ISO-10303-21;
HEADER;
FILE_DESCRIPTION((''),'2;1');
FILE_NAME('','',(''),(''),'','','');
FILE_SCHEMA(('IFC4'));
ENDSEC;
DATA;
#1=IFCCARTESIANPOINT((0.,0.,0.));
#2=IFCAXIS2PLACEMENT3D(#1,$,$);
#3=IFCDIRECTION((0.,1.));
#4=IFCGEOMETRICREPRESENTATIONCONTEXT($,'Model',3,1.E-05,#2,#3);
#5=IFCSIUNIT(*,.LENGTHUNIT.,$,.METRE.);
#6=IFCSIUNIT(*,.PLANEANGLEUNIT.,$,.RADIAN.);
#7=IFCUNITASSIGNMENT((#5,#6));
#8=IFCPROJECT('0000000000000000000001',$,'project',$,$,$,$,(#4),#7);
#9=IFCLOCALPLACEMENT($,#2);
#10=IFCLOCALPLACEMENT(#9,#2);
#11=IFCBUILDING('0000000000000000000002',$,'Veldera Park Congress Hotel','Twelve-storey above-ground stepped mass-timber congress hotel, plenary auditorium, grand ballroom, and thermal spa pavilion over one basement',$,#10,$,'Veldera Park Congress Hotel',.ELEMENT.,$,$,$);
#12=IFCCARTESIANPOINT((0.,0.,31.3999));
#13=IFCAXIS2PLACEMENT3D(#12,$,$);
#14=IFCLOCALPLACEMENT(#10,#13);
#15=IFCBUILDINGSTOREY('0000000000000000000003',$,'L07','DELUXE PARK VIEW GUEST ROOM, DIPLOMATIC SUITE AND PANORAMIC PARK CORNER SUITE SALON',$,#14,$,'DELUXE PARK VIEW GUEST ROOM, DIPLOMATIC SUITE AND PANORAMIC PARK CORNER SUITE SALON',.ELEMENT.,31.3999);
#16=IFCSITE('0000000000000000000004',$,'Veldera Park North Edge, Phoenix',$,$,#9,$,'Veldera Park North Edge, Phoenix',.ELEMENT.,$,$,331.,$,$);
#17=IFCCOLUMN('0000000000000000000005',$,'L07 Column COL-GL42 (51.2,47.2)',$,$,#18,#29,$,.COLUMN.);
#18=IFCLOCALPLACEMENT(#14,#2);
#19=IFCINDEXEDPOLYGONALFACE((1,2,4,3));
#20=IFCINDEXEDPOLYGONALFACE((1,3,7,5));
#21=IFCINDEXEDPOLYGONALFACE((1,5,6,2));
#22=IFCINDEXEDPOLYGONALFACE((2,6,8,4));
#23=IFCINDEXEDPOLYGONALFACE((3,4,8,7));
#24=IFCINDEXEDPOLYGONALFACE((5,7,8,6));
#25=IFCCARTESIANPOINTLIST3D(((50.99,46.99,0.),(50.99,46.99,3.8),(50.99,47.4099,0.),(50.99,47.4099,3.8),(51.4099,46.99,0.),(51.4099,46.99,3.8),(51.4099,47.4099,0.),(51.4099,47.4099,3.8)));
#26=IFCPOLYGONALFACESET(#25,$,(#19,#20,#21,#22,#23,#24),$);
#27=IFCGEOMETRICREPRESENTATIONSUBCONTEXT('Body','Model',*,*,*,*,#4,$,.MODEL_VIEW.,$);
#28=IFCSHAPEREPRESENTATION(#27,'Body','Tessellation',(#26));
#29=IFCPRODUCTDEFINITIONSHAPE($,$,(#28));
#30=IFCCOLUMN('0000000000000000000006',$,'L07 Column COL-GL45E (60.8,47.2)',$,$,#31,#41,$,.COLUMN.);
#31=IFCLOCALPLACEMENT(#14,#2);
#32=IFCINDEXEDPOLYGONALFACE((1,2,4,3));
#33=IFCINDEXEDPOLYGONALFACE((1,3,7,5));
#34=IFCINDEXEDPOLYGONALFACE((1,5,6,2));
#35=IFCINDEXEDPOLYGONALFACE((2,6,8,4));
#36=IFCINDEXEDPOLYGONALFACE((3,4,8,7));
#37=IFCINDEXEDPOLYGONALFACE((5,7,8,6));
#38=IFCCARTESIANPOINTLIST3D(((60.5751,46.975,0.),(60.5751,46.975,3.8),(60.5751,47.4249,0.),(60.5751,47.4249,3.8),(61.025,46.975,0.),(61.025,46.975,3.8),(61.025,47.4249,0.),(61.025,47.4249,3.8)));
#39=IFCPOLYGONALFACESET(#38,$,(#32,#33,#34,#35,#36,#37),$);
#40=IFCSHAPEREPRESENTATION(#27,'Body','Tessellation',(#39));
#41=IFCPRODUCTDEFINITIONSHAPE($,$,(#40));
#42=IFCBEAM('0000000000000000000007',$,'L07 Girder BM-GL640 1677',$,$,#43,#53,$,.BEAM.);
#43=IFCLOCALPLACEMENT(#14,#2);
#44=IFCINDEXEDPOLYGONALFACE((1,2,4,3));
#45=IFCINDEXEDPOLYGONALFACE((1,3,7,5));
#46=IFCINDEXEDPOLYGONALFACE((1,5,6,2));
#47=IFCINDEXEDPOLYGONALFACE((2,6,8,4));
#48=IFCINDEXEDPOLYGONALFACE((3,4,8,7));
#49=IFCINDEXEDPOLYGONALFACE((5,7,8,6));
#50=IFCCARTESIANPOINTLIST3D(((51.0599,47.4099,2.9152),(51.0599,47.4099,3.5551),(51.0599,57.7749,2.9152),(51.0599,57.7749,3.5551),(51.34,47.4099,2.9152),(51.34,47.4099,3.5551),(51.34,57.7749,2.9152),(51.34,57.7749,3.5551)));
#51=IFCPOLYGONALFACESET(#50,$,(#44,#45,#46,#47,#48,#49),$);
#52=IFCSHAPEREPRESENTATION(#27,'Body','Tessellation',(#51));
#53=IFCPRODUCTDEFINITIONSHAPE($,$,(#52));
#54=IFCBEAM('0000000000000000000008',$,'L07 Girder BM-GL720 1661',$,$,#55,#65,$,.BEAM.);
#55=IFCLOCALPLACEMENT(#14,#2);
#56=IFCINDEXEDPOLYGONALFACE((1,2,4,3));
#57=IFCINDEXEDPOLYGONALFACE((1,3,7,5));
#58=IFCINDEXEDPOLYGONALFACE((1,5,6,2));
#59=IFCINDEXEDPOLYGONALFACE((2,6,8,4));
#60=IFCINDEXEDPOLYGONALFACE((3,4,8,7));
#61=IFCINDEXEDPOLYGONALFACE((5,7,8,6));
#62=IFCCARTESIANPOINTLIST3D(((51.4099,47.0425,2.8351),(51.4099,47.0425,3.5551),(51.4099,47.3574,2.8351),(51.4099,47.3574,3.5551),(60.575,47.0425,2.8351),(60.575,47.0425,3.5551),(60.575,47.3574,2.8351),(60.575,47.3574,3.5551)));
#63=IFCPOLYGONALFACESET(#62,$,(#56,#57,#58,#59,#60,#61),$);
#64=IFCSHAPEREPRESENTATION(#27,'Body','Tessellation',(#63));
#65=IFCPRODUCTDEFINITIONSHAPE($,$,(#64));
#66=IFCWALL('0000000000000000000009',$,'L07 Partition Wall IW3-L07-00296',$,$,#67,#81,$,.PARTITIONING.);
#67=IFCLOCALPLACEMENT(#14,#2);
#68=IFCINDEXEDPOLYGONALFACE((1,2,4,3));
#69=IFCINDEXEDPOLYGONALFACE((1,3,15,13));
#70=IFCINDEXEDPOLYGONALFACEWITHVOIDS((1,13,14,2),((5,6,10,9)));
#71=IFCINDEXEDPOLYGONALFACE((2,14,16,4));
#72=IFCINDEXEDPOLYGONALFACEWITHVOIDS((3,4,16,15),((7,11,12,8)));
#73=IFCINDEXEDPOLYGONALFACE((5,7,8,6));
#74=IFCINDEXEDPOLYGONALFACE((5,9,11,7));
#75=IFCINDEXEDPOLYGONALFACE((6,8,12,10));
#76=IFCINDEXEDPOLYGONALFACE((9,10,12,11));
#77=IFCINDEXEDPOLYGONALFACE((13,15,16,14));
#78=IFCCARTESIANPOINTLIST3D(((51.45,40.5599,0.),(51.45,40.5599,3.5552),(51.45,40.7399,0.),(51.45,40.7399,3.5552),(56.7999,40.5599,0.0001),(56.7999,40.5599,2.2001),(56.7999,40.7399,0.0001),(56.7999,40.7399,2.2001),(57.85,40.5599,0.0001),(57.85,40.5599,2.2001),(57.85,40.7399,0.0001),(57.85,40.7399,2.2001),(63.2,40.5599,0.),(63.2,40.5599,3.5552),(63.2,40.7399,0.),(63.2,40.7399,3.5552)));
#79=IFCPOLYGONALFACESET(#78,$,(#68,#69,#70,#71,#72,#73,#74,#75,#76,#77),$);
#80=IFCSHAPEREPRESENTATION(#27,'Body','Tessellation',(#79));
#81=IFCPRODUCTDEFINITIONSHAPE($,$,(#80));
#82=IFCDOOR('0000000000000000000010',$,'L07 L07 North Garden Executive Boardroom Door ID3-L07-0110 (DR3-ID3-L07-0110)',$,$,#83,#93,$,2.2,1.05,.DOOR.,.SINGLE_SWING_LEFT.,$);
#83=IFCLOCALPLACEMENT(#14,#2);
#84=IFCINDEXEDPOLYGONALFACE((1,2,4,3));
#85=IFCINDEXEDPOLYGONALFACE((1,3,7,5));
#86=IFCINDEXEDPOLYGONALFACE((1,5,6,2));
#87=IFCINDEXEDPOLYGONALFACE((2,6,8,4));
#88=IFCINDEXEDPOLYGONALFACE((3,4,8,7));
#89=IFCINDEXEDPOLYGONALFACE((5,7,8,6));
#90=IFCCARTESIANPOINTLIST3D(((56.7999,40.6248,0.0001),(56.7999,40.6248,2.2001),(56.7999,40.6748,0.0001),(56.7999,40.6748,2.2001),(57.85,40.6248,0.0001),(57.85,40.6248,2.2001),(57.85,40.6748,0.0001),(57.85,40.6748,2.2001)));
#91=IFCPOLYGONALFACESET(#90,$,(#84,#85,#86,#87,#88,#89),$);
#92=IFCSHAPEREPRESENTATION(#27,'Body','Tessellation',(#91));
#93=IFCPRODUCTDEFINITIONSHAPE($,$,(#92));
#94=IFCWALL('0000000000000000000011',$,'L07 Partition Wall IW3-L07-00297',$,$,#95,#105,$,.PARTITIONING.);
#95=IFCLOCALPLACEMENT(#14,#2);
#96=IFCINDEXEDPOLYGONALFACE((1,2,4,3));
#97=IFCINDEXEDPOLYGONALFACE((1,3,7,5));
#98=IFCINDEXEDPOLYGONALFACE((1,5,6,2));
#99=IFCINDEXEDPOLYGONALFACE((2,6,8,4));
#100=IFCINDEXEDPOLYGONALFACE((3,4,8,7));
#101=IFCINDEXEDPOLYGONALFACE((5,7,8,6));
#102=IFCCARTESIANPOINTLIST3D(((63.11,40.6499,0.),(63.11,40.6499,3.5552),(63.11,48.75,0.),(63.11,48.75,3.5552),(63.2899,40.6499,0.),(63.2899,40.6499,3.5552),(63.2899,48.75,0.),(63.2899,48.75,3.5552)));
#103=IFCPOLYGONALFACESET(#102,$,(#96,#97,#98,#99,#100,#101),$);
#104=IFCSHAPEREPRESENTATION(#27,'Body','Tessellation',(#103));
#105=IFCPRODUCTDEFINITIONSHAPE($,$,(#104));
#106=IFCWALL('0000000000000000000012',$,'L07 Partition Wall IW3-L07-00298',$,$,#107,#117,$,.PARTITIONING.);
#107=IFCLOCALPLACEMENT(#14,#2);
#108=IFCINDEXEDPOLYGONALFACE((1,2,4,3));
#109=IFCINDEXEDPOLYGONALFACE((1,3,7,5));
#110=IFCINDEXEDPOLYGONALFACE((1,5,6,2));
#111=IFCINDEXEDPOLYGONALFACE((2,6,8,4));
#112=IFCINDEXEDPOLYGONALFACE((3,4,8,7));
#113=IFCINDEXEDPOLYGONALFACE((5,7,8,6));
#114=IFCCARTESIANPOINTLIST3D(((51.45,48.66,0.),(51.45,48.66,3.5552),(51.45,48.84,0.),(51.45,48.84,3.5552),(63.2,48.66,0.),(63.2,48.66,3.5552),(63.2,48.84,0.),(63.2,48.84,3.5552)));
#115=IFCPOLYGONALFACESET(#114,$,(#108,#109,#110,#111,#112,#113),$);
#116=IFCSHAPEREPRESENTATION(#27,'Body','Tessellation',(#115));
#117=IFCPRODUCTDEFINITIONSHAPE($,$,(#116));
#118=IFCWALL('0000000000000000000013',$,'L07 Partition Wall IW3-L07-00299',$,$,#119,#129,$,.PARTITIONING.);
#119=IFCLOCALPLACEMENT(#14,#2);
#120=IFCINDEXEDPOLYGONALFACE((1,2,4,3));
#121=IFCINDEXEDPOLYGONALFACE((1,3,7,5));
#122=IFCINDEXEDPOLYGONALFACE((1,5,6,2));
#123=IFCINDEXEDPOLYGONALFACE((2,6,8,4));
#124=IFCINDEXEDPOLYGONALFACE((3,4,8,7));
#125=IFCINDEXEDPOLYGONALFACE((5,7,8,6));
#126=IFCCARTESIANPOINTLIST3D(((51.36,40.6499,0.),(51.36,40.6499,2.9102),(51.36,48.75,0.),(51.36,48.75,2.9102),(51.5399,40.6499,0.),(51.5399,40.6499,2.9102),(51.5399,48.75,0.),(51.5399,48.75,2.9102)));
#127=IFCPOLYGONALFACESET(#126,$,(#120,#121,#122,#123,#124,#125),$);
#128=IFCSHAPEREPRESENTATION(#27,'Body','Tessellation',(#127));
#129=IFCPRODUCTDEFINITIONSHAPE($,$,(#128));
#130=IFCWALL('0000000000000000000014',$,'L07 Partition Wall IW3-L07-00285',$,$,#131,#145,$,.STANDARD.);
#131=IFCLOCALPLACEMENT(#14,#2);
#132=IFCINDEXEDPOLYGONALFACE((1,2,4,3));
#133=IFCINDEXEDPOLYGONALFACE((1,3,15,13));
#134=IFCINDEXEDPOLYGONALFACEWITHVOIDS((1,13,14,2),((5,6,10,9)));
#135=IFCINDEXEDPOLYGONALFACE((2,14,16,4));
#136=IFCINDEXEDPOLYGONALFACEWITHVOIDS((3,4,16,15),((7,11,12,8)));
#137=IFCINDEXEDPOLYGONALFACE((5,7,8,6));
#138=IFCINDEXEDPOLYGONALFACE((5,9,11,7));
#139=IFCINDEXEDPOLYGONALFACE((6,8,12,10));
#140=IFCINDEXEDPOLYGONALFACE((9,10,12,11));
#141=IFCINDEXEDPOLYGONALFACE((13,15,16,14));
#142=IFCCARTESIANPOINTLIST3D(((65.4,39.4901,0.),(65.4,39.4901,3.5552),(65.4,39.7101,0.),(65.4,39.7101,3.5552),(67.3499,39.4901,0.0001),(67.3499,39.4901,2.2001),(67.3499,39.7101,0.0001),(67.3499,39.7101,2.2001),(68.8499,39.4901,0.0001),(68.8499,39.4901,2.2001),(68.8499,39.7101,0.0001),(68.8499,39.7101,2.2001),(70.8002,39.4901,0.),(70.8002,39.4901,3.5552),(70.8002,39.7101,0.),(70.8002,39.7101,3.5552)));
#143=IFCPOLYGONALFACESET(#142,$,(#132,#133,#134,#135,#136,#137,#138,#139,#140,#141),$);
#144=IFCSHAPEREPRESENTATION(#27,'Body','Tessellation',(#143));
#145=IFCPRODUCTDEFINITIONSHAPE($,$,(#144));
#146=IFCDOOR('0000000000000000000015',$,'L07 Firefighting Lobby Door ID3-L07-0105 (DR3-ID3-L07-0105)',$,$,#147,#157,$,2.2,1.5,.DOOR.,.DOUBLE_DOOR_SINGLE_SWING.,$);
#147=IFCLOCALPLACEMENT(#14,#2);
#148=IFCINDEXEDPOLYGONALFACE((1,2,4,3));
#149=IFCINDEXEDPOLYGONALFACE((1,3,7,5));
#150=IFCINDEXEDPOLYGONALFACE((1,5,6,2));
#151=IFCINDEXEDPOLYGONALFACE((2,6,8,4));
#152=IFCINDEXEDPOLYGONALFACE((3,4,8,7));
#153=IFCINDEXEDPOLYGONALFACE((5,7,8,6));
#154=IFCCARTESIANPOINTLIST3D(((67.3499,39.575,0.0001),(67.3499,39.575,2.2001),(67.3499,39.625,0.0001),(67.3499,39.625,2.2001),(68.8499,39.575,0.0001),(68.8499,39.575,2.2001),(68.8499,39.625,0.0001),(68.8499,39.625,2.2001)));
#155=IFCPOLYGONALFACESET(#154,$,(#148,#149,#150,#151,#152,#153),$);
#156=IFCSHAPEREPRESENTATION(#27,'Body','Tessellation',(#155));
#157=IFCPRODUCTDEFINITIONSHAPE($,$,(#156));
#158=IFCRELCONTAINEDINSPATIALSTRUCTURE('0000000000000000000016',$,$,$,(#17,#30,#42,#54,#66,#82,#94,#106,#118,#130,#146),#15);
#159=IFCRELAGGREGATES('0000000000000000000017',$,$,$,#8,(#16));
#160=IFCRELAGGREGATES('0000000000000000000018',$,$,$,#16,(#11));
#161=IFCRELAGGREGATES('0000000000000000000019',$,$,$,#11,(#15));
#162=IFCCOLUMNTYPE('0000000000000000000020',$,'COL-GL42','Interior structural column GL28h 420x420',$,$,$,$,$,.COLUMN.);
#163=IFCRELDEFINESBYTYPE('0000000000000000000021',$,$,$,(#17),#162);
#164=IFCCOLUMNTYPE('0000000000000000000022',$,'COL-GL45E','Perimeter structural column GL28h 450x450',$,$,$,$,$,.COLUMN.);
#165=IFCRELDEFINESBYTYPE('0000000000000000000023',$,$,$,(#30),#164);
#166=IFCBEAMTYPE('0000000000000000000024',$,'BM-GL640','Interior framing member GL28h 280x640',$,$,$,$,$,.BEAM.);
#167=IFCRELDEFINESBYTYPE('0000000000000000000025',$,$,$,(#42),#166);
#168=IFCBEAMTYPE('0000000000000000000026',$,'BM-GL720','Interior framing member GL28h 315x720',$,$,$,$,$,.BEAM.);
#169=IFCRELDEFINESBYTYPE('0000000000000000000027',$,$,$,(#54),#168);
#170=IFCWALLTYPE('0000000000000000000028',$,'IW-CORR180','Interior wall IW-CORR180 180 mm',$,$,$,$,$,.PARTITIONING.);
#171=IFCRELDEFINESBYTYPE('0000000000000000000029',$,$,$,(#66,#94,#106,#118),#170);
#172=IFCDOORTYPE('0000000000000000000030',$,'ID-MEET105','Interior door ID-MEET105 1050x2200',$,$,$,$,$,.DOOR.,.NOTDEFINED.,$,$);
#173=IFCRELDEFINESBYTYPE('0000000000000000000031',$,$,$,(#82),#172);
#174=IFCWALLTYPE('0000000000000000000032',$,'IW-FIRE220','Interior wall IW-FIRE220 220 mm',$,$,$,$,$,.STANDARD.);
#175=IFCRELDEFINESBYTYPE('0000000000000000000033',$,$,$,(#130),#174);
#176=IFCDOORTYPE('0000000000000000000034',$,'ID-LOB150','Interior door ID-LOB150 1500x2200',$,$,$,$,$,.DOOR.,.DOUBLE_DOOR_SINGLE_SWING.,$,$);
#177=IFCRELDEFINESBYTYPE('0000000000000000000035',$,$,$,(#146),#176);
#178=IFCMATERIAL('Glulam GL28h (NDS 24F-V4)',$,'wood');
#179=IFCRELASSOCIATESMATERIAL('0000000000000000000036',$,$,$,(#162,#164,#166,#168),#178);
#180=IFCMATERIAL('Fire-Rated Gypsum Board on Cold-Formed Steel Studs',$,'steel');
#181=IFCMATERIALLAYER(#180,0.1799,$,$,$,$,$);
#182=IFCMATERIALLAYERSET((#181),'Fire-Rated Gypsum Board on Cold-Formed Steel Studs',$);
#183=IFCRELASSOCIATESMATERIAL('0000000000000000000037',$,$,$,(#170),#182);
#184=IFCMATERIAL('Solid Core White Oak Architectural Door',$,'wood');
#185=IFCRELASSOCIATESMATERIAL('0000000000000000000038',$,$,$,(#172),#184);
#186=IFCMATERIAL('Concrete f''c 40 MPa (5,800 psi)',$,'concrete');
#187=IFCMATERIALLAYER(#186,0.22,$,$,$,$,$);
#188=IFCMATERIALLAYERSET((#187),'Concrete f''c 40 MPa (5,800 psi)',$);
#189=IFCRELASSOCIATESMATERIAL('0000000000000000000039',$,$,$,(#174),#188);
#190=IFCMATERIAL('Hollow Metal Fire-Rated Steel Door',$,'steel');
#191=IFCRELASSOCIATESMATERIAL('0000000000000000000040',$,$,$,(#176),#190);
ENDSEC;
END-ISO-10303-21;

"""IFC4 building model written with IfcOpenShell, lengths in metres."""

from ifc_helpers import new_model, si_unit, direction, frame, frame_2d, origin, origin_2d, place, context, subcontext, project, spatial, rectangle, extrude, material, layer, layer_set, material_profile, profile_set, type_object, element, fill, save


model = new_model("IFC4")

# Units and contexts
model_context = context("Model", 3, precision=1e-05, world=origin(), true_north=direction((0.0, 1.0)))
body_context = subcontext(model_context, "Body", "Model", "MODEL_VIEW")
ifc_project = project(units=[si_unit("LENGTHUNIT", "METRE"), si_unit("PLANEANGLEUNIT", "RADIAN")], contexts=[model_context])

# Site, building, storey
site_placement = place(None, origin())
site = spatial("IfcSite", under=ifc_project, at=site_placement, Name="Veldera Park North Edge, Phoenix", LongName="Veldera Park North Edge, Phoenix", CompositionType="ELEMENT", RefElevation=331.0)
building_placement = place(site_placement, origin())
building = spatial("IfcBuilding", under=site, at=building_placement, Name="Veldera Park Congress Hotel", Description="Twelve-storey above-ground stepped mass-timber congress hotel, plenary auditorium, grand ballroom, and thermal spa pavilion over one basement", LongName="Veldera Park Congress Hotel", CompositionType="ELEMENT")
storey_placement = place(building_placement, frame((0.0, 0.0, 31.3999)))
storey = spatial("IfcBuildingStorey", under=building, at=storey_placement, Name="L07", Description="DELUXE PARK VIEW GUEST ROOM, DIPLOMATIC SUITE AND PANORAMIC PARK CORNER SUITE SALON", LongName="DELUXE PARK VIEW GUEST ROOM, DIPLOMATIC SUITE AND PANORAMIC PARK CORNER SUITE SALON", CompositionType="ELEMENT", Elevation=31.3999)

# Columns
ifc_material_1 = material(Name="Glulam GL28h (NDS 24F-V4)", Category="wood")
ifc_material_profile_1 = material_profile(ifc_material_1, rectangle(XDim=0.4199, YDim=0.4199, at=origin_2d()), Name="GL28h 420x420")
ifc_profile_set_1 = profile_set([ifc_material_profile_1], Name="Glulam GL28h (NDS 24F-V4)")
column_type_1 = type_object("IfcColumnType", Name="COL-GL42", Description="Interior structural column GL28h 420x420", PredefinedType="COLUMN", material=ifc_profile_set_1)
column_1_placement = place(storey_placement, frame((51.2, 47.2, 0.0), z_axis=(0.0, 0.0, 1.0), x_axis=(1.0, 0.0, 0.0)))
element("IfcColumn", 1, at=column_1_placement, inside=storey, type_object=column_type_1, Name="L07 Column COL-GL42 (51.2,47.2)", PredefinedType="COLUMN", context=body_context, shape_type="SweptSolid", body=[
    extrude(rectangle(XDim=0.4199, YDim=0.4199, at=origin_2d()), origin(), (0.0, 0.0, 1.0), 3.8),
])
ifc_material_profile_2 = material_profile(ifc_material_1, rectangle(XDim=0.45, YDim=0.45, at=origin_2d()), Name="GL28h 450x450")
ifc_profile_set_2 = profile_set([ifc_material_profile_2], Name="Glulam GL28h (NDS 24F-V4)")
column_type_2 = type_object("IfcColumnType", Name="COL-GL45E", Description="Perimeter structural column GL28h 450x450", PredefinedType="COLUMN", material=ifc_profile_set_2)
column_2_placement = place(storey_placement, frame((60.8, 47.2, 0.0), z_axis=(0.0, 0.0, 1.0), x_axis=(1.0, 0.0, 0.0)))
element("IfcColumn", 2, at=column_2_placement, inside=storey, type_object=column_type_2, Name="L07 Column COL-GL45E (60.8,47.2)", PredefinedType="COLUMN", context=body_context, shape_type="SweptSolid", body=[
    extrude(rectangle(XDim=0.45, YDim=0.45, at=origin_2d()), origin(), (0.0, 0.0, 1.0), 3.8),
])

# Beams
ifc_material_profile_3 = material_profile(ifc_material_1, rectangle(XDim=0.28, YDim=0.6399, at=origin_2d()), Name="GL28h 280x640")
ifc_profile_set_3 = profile_set([ifc_material_profile_3], Name="Glulam GL28h (NDS 24F-V4)")
beam_type_1 = type_object("IfcBeamType", Name="BM-GL640", Description="Interior framing member GL28h 280x640", PredefinedType="BEAM", material=ifc_profile_set_3)
beam_1_placement = place(storey_placement, frame((51.2, 47.4099, 3.2351), z_axis=(0.0, 1.0, 0.0), x_axis=(-1.0, 0.0, 0.0)))
element("IfcBeam", 3, at=beam_1_placement, inside=storey, type_object=beam_type_1, Name="L07 Girder BM-GL640 1677", PredefinedType="BEAM", context=body_context, shape_type="SweptSolid", body=[
    extrude(rectangle(XDim=0.28, YDim=0.6399, at=origin_2d()), origin(), (0.0, 0.0, 1.0), 10.365),
])
ifc_material_profile_4 = material_profile(ifc_material_1, rectangle(XDim=0.3149, YDim=0.72, at=origin_2d()), Name="GL28h 315x720")
ifc_profile_set_4 = profile_set([ifc_material_profile_4], Name="Glulam GL28h (NDS 24F-V4)")
beam_type_2 = type_object("IfcBeamType", Name="BM-GL720", Description="Interior framing member GL28h 315x720", PredefinedType="BEAM", material=ifc_profile_set_4)
beam_2_placement = place(storey_placement, frame((51.4099, 47.2, 3.1951), z_axis=(1.0, 0.0, 0.0), x_axis=(0.0, 1.0, 0.0)))
element("IfcBeam", 4, at=beam_2_placement, inside=storey, type_object=beam_type_2, Name="L07 Girder BM-GL720 1661", PredefinedType="BEAM", context=body_context, shape_type="SweptSolid", body=[
    extrude(rectangle(XDim=0.3149, YDim=0.72, at=origin_2d()), origin(), (0.0, 0.0, 1.0), 9.165),
])

# Wall, opening, door
ifc_material_2 = material(Name="Fire-Rated Gypsum Board on Cold-Formed Steel Studs", Category="steel")
ifc_layer_1 = layer(ifc_material_2, 0.1799)
ifc_layer_set_1 = layer_set([ifc_layer_1], Name="Fire-Rated Gypsum Board on Cold-Formed Steel Studs")
wall_type_1 = type_object("IfcWallType", Name="IW-CORR180", Description="Interior wall IW-CORR180 180 mm", PredefinedType="PARTITIONING", material=ifc_layer_set_1)
wall_1_placement = place(storey_placement, frame((51.45, 40.6499, 0.0), z_axis=(0.0, 0.0, 1.0), x_axis=(1.0, 0.0, 0.0)))
wall_1 = element("IfcWall", 5, at=wall_1_placement, inside=storey, type_object=wall_type_1, Name="L07 Partition Wall IW3-L07-00296", PredefinedType="PARTITIONING", context=body_context, shape_type="SweptSolid", body=[
    extrude(rectangle(XDim=11.75, YDim=0.1799, at=frame_2d((5.875, 0.0))), origin(), (0.0, 0.0, 1.0), 3.5552),
])
opening_1_placement = place(wall_1_placement, frame((5.3501, 0.0, 0.0)))
opening_1 = element("IfcOpeningElement", 6, at=opening_1_placement, cuts=wall_1, PredefinedType="OPENING", context=body_context, shape_type="SweptSolid", body=[
    extrude(rectangle(XDim=1.05, YDim=2.2, at=frame_2d((0.5249, 1.1001))), frame((0.0, 0.1021, 0.0), z_axis=(0.0, -1.0, 0.0), x_axis=(1.0, 0.0, 0.0)), (0.0, 0.0, 1.0), 0.2039),
])
ifc_material_3 = material(Name="Solid Core White Oak Architectural Door", Category="wood")
door_type_1 = type_object("IfcDoorType", Name="ID-MEET105", Description="Interior door ID-MEET105 1050x2200", OperationType="NOTDEFINED", PredefinedType="DOOR", material=ifc_material_3)
door_1_placement = place(opening_1_placement, origin())
door_1 = element("IfcDoor", 7, at=door_1_placement, inside=storey, type_object=door_type_1, Name="L07 L07 North Garden Executive Boardroom Door ID3-L07-0110 (DR3-ID3-L07-0110)", OperationType="SINGLE_SWING_LEFT", OverallHeight=2.2, OverallWidth=1.05, PredefinedType="DOOR", context=body_context, shape_type="SweptSolid", body=[
    extrude(rectangle(XDim=1.05, YDim=2.2, at=frame_2d((0.5249, 1.1001))), frame((0.0, 0.0249, 0.0), z_axis=(0.0, -1.0, 0.0), x_axis=(1.0, 0.0, 0.0)), (0.0, 0.0, 1.0), 0.05),
])
fill(opening_1, door_1)

# Walls
wall_2_placement = place(storey_placement, frame((63.2, 40.6499, 0.0), z_axis=(0.0, 0.0, 1.0), x_axis=(0.0, 1.0, 0.0)))
element("IfcWall", 8, at=wall_2_placement, inside=storey, type_object=wall_type_1, Name="L07 Partition Wall IW3-L07-00297", PredefinedType="PARTITIONING", context=body_context, shape_type="SweptSolid", body=[
    extrude(rectangle(XDim=8.1001, YDim=0.1799, at=frame_2d((4.05, 0.0))), origin(), (0.0, 0.0, 1.0), 3.5552),
])
wall_3_placement = place(storey_placement, frame((63.2, 48.75, 0.0), z_axis=(0.0, 0.0, 1.0), x_axis=(-1.0, 0.0, 0.0)))
element("IfcWall", 9, at=wall_3_placement, inside=storey, type_object=wall_type_1, Name="L07 Partition Wall IW3-L07-00298", PredefinedType="PARTITIONING", context=body_context, shape_type="SweptSolid", body=[
    extrude(rectangle(XDim=11.75, YDim=0.1799, at=frame_2d((5.875, 0.0))), origin(), (0.0, 0.0, 1.0), 3.5552),
])
wall_4_placement = place(storey_placement, frame((51.45, 48.75, 0.0), z_axis=(0.0, 0.0, 1.0), x_axis=(0.0, -1.0, 0.0)))
element("IfcWall", 10, at=wall_4_placement, inside=storey, type_object=wall_type_1, Name="L07 Partition Wall IW3-L07-00299", PredefinedType="PARTITIONING", context=body_context, shape_type="SweptSolid", body=[
    extrude(rectangle(XDim=8.1001, YDim=0.1799, at=frame_2d((4.05, 0.0))), origin(), (0.0, 0.0, 1.0), 2.9102),
])

# Wall, opening, door
ifc_material_4 = material(Name="Concrete f'c 40 MPa (5,800 psi)", Category="concrete")
ifc_layer_2 = layer(ifc_material_4, 0.22)
ifc_layer_set_2 = layer_set([ifc_layer_2], Name="Concrete f'c 40 MPa (5,800 psi)")
wall_type_2 = type_object("IfcWallType", Name="IW-FIRE220", Description="Interior wall IW-FIRE220 220 mm", PredefinedType="STANDARD", material=ifc_layer_set_2)
wall_5_placement = place(storey_placement, frame((65.3999, 39.6001, 0.0), z_axis=(0.0, 0.0, 1.0), x_axis=(1.0, 0.0, 0.0)))
wall_5 = element("IfcWall", 11, at=wall_5_placement, inside=storey, type_object=wall_type_2, Name="L07 Partition Wall IW3-L07-00285", PredefinedType="STANDARD", context=body_context, shape_type="SweptSolid", body=[
    extrude(rectangle(XDim=5.4001, YDim=0.22, at=frame_2d((2.7002, 0.0))), origin(), (0.0, 0.0, 1.0), 3.5552),
])
opening_2_placement = place(wall_5_placement, frame((1.95, 0.0, 0.0)))
opening_2 = element("IfcOpeningElement", 12, at=opening_2_placement, cuts=wall_5, PredefinedType="OPENING", context=body_context, shape_type="SweptSolid", body=[
    extrude(rectangle(XDim=1.5, YDim=2.2, at=frame_2d((0.75, 1.1001))), frame((0.0, 0.1221, 0.0), z_axis=(0.0, -1.0, 0.0), x_axis=(1.0, 0.0, 0.0)), (0.0, 0.0, 1.0), 0.2439),
])
ifc_material_5 = material(Name="Hollow Metal Fire-Rated Steel Door", Category="steel")
door_type_2 = type_object("IfcDoorType", Name="ID-LOB150", Description="Interior door ID-LOB150 1500x2200", OperationType="DOUBLE_DOOR_SINGLE_SWING", PredefinedType="DOOR", material=ifc_material_5)
door_2_placement = place(opening_2_placement, origin())
door_2 = element("IfcDoor", 13, at=door_2_placement, inside=storey, type_object=door_type_2, Name="L07 Firefighting Lobby Door ID3-L07-0105 (DR3-ID3-L07-0105)", OperationType="DOUBLE_DOOR_SINGLE_SWING", OverallHeight=2.2, OverallWidth=1.5, PredefinedType="DOOR", context=body_context, shape_type="SweptSolid", body=[
    extrude(rectangle(XDim=1.5, YDim=2.2, at=frame_2d((0.75, 1.1001))), frame((0.0, 0.0249, 0.0), z_axis=(0.0, -1.0, 0.0), x_axis=(1.0, 0.0, 0.0)), (0.0, 0.0, 1.0), 0.05),
])
fill(opening_2, door_2)

save(model, "model.ifc")
